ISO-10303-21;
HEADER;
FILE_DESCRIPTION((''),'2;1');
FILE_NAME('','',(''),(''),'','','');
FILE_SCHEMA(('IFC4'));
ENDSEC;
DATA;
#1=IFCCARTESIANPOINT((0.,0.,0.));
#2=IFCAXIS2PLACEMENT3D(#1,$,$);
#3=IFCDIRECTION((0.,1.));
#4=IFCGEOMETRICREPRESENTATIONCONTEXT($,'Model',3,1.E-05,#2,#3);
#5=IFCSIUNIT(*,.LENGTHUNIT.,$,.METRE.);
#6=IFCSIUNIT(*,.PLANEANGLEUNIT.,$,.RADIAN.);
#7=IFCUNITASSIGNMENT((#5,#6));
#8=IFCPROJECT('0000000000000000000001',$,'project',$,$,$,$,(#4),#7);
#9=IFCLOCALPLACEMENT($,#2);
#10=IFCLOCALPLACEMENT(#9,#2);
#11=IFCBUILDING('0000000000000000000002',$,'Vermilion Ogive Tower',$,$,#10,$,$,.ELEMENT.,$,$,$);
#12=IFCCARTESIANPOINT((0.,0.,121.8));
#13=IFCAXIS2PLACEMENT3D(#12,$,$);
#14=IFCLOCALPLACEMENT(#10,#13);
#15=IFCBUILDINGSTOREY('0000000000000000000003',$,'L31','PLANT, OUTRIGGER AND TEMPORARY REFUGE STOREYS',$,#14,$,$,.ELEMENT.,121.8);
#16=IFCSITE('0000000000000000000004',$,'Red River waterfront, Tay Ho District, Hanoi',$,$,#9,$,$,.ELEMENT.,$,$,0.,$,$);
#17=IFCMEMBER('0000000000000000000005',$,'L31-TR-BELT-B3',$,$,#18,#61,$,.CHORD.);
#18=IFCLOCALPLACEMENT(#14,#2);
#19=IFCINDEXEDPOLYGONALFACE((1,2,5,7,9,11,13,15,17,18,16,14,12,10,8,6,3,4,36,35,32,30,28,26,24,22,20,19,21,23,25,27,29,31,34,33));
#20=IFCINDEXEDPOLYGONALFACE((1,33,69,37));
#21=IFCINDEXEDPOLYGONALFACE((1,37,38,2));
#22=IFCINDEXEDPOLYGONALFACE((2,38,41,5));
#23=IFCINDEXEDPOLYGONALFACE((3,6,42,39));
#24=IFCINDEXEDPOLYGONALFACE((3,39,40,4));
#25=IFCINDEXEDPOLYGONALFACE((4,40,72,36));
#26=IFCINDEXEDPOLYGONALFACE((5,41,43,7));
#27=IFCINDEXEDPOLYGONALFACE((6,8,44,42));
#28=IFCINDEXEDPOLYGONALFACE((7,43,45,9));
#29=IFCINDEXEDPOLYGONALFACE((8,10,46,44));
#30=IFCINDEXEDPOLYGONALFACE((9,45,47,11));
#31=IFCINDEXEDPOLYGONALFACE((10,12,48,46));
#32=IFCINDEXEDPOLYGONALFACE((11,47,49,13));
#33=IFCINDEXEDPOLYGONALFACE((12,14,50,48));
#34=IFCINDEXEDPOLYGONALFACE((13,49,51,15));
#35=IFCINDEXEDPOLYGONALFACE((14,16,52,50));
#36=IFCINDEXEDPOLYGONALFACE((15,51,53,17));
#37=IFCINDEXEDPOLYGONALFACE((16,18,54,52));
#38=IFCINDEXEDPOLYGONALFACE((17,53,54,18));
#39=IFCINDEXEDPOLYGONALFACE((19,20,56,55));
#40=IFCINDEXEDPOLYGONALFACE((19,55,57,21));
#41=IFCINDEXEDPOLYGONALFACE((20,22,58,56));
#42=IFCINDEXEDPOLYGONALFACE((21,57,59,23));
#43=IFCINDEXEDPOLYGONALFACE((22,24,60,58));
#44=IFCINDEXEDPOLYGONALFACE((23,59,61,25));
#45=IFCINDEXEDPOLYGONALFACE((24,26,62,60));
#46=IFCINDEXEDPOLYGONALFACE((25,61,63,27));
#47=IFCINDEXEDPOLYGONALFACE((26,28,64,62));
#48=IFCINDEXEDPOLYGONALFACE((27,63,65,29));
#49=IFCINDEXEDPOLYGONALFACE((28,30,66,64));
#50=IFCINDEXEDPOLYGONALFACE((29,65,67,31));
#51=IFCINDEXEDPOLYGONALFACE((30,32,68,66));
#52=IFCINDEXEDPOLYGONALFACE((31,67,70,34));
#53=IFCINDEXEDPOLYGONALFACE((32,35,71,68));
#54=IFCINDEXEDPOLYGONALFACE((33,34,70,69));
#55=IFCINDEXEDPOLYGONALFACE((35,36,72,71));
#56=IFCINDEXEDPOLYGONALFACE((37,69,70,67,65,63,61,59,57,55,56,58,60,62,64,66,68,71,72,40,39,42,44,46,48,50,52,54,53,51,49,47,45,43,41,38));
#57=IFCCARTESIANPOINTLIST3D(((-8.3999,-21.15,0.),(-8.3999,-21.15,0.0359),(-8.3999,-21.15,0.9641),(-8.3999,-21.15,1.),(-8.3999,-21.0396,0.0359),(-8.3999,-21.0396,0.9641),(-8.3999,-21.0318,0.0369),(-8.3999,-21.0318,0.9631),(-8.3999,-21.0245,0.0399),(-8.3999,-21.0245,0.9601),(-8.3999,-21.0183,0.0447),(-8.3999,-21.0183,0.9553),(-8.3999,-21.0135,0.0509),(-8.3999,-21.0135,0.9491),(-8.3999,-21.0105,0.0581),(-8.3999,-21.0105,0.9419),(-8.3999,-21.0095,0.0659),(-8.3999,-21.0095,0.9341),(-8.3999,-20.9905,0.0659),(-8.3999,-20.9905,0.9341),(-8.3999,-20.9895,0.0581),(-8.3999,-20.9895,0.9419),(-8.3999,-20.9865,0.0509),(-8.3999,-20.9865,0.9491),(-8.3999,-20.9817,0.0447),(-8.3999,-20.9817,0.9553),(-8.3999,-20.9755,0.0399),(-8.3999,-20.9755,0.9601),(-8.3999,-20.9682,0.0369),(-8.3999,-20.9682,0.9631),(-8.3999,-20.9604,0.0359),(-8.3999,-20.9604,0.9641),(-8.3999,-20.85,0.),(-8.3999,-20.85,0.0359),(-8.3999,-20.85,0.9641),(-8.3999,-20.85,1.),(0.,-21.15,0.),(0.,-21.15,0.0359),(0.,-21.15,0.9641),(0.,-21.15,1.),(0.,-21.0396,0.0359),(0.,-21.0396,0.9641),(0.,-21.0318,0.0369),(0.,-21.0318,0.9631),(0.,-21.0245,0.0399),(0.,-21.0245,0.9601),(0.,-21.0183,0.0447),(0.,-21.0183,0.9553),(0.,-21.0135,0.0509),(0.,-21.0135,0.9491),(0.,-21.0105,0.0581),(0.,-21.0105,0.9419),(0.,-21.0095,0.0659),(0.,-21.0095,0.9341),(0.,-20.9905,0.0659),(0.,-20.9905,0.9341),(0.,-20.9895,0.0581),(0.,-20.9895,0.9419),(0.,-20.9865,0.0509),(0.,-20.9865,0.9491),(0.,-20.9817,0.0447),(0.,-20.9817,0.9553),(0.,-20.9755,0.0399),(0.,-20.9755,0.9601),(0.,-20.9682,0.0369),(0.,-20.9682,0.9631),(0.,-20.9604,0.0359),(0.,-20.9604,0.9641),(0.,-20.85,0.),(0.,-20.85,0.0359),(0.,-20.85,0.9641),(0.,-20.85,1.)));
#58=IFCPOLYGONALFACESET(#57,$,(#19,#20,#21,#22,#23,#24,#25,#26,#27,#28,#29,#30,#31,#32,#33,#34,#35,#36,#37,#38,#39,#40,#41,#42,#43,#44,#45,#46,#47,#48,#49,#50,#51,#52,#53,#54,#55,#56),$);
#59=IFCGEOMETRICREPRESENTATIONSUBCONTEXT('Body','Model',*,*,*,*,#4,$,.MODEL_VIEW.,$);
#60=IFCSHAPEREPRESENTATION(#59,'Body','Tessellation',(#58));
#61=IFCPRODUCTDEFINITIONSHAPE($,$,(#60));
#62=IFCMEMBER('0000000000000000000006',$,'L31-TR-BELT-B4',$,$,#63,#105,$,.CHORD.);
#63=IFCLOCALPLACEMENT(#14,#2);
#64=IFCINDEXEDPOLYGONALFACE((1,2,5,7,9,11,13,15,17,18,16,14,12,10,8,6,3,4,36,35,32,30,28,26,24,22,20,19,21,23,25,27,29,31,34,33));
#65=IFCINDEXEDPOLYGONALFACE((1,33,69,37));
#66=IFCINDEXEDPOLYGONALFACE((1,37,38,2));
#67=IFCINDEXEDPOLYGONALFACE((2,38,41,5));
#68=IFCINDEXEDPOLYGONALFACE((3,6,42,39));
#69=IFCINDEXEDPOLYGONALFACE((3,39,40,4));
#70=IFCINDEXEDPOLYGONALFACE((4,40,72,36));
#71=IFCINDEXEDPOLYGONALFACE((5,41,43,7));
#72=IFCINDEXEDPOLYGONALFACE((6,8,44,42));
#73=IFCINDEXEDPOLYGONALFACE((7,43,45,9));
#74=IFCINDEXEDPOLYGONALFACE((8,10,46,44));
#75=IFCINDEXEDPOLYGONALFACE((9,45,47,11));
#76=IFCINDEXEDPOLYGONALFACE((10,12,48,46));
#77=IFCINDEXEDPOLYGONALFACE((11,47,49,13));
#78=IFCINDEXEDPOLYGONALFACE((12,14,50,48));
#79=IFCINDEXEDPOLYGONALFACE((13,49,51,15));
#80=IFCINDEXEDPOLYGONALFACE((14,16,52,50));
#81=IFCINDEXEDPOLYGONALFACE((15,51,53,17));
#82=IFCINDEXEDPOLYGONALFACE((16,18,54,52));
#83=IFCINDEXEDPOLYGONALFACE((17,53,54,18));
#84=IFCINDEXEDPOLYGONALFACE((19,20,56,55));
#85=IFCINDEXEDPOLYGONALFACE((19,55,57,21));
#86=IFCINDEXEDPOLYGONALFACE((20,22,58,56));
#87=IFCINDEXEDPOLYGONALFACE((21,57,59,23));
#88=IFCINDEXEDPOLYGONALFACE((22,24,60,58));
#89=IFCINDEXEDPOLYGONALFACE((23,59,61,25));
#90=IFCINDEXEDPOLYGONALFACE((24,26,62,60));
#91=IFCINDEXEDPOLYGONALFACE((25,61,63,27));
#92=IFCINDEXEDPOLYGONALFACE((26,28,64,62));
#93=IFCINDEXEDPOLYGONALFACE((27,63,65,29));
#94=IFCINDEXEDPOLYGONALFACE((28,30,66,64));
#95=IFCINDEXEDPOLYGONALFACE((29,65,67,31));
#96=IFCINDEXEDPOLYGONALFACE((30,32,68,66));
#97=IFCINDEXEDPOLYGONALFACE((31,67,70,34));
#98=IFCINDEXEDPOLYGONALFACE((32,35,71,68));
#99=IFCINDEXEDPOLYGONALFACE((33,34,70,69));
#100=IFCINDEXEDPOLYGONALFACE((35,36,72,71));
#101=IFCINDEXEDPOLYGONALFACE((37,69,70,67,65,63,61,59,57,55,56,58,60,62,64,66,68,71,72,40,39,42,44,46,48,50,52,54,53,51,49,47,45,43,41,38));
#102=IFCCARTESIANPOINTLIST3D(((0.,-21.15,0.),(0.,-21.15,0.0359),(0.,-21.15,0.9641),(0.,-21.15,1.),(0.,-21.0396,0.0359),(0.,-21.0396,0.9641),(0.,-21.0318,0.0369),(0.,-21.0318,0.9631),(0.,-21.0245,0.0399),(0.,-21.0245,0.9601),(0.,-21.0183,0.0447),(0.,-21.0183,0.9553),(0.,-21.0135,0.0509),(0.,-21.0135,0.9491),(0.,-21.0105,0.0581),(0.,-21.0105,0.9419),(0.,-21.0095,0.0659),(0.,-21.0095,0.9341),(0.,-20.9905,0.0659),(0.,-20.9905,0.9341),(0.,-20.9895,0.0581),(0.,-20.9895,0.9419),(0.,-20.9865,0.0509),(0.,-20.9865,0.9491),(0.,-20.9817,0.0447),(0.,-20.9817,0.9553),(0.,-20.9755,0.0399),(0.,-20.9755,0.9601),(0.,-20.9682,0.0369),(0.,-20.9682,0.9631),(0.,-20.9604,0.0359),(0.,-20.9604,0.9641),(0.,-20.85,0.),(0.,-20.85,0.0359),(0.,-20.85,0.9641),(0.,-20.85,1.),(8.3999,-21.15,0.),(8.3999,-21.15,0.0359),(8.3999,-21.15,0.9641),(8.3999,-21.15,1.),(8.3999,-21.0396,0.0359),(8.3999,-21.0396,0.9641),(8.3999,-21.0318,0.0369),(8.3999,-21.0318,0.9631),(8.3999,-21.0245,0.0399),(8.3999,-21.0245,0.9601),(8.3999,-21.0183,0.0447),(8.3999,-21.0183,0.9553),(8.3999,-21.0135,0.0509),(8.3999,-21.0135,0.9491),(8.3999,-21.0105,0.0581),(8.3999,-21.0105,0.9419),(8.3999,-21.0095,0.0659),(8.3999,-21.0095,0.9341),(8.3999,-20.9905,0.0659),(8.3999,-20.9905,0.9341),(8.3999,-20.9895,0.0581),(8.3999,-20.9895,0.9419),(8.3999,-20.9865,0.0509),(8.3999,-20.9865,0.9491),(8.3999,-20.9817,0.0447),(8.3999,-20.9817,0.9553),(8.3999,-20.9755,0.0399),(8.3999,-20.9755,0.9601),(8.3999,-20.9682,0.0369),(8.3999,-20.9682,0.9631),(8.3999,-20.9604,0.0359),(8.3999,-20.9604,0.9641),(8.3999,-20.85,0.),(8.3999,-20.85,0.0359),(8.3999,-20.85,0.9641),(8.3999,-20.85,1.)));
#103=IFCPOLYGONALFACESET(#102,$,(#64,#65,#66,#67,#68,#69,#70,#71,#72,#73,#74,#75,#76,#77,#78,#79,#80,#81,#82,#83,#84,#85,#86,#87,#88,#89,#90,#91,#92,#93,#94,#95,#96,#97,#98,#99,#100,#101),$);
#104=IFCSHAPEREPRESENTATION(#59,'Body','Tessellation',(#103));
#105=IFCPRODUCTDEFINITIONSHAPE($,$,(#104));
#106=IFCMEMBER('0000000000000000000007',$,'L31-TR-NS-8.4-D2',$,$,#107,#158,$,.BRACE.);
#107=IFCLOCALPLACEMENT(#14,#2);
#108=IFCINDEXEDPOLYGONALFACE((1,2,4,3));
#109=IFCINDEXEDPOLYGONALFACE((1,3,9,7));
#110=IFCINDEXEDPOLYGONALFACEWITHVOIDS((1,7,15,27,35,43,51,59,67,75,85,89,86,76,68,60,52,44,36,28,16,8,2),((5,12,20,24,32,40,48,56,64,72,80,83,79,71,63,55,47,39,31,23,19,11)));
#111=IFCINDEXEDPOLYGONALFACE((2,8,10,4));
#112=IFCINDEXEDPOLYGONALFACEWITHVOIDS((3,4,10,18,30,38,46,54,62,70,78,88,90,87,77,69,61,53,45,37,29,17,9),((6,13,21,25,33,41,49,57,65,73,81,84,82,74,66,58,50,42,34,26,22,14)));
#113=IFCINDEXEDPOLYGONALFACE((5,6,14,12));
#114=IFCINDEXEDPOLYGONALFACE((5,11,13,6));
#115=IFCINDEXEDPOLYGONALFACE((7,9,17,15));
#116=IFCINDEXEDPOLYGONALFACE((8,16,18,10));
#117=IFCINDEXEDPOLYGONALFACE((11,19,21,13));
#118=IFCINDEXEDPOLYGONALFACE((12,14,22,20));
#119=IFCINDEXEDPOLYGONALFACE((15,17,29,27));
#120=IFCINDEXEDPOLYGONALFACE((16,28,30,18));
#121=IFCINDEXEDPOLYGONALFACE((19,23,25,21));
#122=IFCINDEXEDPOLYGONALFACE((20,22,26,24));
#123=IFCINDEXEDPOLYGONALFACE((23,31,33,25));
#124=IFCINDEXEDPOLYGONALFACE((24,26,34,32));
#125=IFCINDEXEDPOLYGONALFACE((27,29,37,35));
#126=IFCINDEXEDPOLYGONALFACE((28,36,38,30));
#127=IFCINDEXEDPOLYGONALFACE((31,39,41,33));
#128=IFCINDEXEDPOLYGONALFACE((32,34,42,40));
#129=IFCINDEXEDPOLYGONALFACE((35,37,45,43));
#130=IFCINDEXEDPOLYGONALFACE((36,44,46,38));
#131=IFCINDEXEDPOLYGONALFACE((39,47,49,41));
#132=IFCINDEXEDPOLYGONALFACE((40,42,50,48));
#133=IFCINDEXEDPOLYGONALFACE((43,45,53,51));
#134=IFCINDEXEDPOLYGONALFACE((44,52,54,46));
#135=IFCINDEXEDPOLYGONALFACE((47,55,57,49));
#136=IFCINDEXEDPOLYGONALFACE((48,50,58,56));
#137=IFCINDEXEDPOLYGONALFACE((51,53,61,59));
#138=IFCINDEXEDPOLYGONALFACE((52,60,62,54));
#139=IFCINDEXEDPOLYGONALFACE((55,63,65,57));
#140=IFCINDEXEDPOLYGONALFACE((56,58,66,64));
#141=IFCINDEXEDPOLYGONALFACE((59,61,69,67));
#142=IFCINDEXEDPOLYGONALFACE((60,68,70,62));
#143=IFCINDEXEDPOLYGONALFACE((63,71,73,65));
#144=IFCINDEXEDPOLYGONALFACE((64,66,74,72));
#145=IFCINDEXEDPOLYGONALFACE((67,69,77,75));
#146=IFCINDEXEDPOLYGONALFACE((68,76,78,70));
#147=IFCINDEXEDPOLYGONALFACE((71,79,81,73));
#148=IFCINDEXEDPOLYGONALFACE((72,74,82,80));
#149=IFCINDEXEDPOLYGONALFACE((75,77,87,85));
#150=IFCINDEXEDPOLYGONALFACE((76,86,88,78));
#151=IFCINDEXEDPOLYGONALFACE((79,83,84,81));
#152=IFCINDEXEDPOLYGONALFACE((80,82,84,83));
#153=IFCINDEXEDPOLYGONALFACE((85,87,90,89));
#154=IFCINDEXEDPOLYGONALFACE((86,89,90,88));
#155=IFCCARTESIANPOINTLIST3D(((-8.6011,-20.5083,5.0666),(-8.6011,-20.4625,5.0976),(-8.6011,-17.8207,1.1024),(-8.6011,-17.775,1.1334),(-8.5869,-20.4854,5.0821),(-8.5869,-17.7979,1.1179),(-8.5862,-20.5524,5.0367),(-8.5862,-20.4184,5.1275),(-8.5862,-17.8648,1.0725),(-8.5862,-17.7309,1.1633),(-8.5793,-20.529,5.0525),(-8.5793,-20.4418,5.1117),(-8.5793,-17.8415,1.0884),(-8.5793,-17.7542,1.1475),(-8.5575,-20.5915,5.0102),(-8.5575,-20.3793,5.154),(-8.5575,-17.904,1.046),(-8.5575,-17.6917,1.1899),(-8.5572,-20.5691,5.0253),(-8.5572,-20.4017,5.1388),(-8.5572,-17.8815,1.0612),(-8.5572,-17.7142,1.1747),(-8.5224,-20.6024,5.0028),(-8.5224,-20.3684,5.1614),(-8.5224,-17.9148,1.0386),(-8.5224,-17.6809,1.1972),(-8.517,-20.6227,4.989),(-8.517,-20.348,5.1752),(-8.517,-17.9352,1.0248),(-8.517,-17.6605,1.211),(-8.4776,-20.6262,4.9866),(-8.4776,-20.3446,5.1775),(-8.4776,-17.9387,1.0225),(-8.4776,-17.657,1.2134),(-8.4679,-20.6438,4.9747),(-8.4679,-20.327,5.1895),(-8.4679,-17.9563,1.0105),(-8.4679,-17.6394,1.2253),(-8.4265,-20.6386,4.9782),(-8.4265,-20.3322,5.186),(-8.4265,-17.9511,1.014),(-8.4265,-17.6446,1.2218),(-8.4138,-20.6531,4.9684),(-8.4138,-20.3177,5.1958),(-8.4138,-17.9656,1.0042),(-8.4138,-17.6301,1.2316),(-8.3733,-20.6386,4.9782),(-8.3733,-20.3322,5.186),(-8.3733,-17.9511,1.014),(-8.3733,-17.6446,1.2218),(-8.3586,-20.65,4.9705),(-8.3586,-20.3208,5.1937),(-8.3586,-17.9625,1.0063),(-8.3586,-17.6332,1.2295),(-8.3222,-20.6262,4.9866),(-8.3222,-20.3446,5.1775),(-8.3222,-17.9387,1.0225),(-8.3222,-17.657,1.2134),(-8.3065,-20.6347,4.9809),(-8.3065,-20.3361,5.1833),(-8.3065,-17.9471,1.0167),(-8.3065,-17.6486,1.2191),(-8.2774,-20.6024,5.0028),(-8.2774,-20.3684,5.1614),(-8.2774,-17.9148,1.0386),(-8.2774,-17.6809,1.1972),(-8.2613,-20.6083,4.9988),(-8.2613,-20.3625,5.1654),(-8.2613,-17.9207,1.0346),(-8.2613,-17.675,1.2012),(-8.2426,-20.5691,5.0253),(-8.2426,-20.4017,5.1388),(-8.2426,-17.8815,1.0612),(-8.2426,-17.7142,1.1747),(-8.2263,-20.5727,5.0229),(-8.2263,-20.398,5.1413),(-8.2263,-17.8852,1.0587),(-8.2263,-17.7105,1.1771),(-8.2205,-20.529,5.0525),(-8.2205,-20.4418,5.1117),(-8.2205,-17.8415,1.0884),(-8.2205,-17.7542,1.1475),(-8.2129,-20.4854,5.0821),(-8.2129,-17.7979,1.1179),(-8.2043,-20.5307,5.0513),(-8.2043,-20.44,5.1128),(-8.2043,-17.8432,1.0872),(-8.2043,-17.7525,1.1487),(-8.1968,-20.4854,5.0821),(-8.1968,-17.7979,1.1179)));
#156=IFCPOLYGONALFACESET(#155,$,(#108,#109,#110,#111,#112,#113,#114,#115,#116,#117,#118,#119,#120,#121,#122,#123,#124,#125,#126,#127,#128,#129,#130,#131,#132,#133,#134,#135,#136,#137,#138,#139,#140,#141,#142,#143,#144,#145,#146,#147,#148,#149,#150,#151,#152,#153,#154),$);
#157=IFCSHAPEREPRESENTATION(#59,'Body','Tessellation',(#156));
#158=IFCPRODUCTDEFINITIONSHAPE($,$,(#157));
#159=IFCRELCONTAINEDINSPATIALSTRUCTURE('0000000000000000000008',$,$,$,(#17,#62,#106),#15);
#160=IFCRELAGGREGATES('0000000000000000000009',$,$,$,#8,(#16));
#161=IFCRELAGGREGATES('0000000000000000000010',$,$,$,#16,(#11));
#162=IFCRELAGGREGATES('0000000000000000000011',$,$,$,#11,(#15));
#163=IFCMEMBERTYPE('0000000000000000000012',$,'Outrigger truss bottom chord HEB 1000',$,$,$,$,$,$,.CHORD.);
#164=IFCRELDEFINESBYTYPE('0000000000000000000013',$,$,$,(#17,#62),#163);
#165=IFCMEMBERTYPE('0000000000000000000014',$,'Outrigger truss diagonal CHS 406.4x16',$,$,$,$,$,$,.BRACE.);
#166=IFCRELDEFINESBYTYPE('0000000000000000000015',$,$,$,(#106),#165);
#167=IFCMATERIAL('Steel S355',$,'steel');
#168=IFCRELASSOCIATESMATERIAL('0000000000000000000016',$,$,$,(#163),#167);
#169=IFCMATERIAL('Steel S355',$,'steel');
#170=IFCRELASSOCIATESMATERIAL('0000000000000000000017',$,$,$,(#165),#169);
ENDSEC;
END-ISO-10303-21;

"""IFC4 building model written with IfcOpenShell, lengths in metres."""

from ifc_helpers import new_model, si_unit, direction, frame, origin, origin_2d, place, context, subcontext, project, spatial, hollow_circle, i_section, extrude, material, material_profile, profile_set, type_object, element, save


model = new_model("IFC4")

# Units and contexts
model_context = context("Model", 3, precision=1e-05, world=origin(), true_north=direction((0.0, 1.0)))
body_context = subcontext(model_context, "Body", "Model", "MODEL_VIEW")
ifc_project = project(units=[si_unit("LENGTHUNIT", "METRE"), si_unit("PLANEANGLEUNIT", "RADIAN")], contexts=[model_context])

# Site, building, storey
site_placement = place(None, origin())
site = spatial("IfcSite", under=ifc_project, at=site_placement, Name="Red River waterfront, Tay Ho District, Hanoi", CompositionType="ELEMENT", RefElevation=0.0)
building_placement = place(site_placement, origin())
building = spatial("IfcBuilding", under=site, at=building_placement, Name="Vermilion Ogive Tower", CompositionType="ELEMENT")
storey_placement = place(building_placement, frame((0.0, 0.0, 121.8)))
storey = spatial("IfcBuildingStorey", under=building, at=storey_placement, Name="L31", Description="PLANT, OUTRIGGER AND TEMPORARY REFUGE STOREYS", CompositionType="ELEMENT", Elevation=121.8)

# Members
ifc_material_1 = material(Name="Steel S355", Category="steel")
ifc_material_profile_1 = material_profile(ifc_material_1, i_section(OverallWidth=0.3, OverallDepth=1.0, WebThickness=0.019, FlangeThickness=0.0359, FilletRadius=0.03, at=origin_2d()), Name="HEB 1000")
ifc_profile_set_1 = profile_set([ifc_material_profile_1], Name="Steel S355")
member_type_1 = type_object("IfcMemberType", Name="Outrigger truss bottom chord HEB 1000", PredefinedType="CHORD", material=ifc_profile_set_1)
for number, where, z_axis, x_axis, name in (
    (1, (-8.3999, -21.0, 0.5), (1.0, 0.0, 0.0), (0.0, 1.0, 0.0), "L31-TR-BELT-B3"),
    (2, (0.0, -21.0, 0.5), (1.0, 0.0, 0.0), (0.0, 1.0, 0.0), "L31-TR-BELT-B4"),
):
    element("IfcMember", number, at=place(storey_placement, frame(where, z_axis=z_axis, x_axis=x_axis)), inside=storey, type_object=member_type_1, Name=name, PredefinedType="CHORD", context=body_context, shape_type="SweptSolid", body=[
        extrude(i_section(OverallWidth=0.3, OverallDepth=1.0, WebThickness=0.019, FlangeThickness=0.0359, FilletRadius=0.03, at=origin_2d()), origin(), (0.0, 0.0, 1.0), 8.3999),
    ])
ifc_material_2 = material(Name="Steel S355", Category="steel")
ifc_material_profile_2 = material_profile(ifc_material_2, hollow_circle(Radius=0.2031, WallThickness=0.0161, at=origin_2d()), Name="CHS 406.4x16")
ifc_profile_set_2 = profile_set([ifc_material_profile_2], Name="Steel S355")
member_type_2 = type_object("IfcMemberType", Name="Outrigger truss diagonal CHS 406.4x16", PredefinedType="BRACE", material=ifc_profile_set_2)
member_1_placement = place(storey_placement, frame((-8.3999, -17.7979, 1.1179), z_axis=(0.0, -0.561154, 0.827712), x_axis=(1.0, 0.0, 0.0)))
element("IfcMember", 3, at=member_1_placement, inside=storey, type_object=member_type_2, Name="L31-TR-NS-8.4-D2", PredefinedType="BRACE", context=body_context, shape_type="SweptSolid", body=[
    extrude(hollow_circle(Radius=0.2031, WallThickness=0.0161, at=origin_2d()), origin(), (0.0, 0.0, 1.0), 4.7893),
])

save(model, "model.ifc")
